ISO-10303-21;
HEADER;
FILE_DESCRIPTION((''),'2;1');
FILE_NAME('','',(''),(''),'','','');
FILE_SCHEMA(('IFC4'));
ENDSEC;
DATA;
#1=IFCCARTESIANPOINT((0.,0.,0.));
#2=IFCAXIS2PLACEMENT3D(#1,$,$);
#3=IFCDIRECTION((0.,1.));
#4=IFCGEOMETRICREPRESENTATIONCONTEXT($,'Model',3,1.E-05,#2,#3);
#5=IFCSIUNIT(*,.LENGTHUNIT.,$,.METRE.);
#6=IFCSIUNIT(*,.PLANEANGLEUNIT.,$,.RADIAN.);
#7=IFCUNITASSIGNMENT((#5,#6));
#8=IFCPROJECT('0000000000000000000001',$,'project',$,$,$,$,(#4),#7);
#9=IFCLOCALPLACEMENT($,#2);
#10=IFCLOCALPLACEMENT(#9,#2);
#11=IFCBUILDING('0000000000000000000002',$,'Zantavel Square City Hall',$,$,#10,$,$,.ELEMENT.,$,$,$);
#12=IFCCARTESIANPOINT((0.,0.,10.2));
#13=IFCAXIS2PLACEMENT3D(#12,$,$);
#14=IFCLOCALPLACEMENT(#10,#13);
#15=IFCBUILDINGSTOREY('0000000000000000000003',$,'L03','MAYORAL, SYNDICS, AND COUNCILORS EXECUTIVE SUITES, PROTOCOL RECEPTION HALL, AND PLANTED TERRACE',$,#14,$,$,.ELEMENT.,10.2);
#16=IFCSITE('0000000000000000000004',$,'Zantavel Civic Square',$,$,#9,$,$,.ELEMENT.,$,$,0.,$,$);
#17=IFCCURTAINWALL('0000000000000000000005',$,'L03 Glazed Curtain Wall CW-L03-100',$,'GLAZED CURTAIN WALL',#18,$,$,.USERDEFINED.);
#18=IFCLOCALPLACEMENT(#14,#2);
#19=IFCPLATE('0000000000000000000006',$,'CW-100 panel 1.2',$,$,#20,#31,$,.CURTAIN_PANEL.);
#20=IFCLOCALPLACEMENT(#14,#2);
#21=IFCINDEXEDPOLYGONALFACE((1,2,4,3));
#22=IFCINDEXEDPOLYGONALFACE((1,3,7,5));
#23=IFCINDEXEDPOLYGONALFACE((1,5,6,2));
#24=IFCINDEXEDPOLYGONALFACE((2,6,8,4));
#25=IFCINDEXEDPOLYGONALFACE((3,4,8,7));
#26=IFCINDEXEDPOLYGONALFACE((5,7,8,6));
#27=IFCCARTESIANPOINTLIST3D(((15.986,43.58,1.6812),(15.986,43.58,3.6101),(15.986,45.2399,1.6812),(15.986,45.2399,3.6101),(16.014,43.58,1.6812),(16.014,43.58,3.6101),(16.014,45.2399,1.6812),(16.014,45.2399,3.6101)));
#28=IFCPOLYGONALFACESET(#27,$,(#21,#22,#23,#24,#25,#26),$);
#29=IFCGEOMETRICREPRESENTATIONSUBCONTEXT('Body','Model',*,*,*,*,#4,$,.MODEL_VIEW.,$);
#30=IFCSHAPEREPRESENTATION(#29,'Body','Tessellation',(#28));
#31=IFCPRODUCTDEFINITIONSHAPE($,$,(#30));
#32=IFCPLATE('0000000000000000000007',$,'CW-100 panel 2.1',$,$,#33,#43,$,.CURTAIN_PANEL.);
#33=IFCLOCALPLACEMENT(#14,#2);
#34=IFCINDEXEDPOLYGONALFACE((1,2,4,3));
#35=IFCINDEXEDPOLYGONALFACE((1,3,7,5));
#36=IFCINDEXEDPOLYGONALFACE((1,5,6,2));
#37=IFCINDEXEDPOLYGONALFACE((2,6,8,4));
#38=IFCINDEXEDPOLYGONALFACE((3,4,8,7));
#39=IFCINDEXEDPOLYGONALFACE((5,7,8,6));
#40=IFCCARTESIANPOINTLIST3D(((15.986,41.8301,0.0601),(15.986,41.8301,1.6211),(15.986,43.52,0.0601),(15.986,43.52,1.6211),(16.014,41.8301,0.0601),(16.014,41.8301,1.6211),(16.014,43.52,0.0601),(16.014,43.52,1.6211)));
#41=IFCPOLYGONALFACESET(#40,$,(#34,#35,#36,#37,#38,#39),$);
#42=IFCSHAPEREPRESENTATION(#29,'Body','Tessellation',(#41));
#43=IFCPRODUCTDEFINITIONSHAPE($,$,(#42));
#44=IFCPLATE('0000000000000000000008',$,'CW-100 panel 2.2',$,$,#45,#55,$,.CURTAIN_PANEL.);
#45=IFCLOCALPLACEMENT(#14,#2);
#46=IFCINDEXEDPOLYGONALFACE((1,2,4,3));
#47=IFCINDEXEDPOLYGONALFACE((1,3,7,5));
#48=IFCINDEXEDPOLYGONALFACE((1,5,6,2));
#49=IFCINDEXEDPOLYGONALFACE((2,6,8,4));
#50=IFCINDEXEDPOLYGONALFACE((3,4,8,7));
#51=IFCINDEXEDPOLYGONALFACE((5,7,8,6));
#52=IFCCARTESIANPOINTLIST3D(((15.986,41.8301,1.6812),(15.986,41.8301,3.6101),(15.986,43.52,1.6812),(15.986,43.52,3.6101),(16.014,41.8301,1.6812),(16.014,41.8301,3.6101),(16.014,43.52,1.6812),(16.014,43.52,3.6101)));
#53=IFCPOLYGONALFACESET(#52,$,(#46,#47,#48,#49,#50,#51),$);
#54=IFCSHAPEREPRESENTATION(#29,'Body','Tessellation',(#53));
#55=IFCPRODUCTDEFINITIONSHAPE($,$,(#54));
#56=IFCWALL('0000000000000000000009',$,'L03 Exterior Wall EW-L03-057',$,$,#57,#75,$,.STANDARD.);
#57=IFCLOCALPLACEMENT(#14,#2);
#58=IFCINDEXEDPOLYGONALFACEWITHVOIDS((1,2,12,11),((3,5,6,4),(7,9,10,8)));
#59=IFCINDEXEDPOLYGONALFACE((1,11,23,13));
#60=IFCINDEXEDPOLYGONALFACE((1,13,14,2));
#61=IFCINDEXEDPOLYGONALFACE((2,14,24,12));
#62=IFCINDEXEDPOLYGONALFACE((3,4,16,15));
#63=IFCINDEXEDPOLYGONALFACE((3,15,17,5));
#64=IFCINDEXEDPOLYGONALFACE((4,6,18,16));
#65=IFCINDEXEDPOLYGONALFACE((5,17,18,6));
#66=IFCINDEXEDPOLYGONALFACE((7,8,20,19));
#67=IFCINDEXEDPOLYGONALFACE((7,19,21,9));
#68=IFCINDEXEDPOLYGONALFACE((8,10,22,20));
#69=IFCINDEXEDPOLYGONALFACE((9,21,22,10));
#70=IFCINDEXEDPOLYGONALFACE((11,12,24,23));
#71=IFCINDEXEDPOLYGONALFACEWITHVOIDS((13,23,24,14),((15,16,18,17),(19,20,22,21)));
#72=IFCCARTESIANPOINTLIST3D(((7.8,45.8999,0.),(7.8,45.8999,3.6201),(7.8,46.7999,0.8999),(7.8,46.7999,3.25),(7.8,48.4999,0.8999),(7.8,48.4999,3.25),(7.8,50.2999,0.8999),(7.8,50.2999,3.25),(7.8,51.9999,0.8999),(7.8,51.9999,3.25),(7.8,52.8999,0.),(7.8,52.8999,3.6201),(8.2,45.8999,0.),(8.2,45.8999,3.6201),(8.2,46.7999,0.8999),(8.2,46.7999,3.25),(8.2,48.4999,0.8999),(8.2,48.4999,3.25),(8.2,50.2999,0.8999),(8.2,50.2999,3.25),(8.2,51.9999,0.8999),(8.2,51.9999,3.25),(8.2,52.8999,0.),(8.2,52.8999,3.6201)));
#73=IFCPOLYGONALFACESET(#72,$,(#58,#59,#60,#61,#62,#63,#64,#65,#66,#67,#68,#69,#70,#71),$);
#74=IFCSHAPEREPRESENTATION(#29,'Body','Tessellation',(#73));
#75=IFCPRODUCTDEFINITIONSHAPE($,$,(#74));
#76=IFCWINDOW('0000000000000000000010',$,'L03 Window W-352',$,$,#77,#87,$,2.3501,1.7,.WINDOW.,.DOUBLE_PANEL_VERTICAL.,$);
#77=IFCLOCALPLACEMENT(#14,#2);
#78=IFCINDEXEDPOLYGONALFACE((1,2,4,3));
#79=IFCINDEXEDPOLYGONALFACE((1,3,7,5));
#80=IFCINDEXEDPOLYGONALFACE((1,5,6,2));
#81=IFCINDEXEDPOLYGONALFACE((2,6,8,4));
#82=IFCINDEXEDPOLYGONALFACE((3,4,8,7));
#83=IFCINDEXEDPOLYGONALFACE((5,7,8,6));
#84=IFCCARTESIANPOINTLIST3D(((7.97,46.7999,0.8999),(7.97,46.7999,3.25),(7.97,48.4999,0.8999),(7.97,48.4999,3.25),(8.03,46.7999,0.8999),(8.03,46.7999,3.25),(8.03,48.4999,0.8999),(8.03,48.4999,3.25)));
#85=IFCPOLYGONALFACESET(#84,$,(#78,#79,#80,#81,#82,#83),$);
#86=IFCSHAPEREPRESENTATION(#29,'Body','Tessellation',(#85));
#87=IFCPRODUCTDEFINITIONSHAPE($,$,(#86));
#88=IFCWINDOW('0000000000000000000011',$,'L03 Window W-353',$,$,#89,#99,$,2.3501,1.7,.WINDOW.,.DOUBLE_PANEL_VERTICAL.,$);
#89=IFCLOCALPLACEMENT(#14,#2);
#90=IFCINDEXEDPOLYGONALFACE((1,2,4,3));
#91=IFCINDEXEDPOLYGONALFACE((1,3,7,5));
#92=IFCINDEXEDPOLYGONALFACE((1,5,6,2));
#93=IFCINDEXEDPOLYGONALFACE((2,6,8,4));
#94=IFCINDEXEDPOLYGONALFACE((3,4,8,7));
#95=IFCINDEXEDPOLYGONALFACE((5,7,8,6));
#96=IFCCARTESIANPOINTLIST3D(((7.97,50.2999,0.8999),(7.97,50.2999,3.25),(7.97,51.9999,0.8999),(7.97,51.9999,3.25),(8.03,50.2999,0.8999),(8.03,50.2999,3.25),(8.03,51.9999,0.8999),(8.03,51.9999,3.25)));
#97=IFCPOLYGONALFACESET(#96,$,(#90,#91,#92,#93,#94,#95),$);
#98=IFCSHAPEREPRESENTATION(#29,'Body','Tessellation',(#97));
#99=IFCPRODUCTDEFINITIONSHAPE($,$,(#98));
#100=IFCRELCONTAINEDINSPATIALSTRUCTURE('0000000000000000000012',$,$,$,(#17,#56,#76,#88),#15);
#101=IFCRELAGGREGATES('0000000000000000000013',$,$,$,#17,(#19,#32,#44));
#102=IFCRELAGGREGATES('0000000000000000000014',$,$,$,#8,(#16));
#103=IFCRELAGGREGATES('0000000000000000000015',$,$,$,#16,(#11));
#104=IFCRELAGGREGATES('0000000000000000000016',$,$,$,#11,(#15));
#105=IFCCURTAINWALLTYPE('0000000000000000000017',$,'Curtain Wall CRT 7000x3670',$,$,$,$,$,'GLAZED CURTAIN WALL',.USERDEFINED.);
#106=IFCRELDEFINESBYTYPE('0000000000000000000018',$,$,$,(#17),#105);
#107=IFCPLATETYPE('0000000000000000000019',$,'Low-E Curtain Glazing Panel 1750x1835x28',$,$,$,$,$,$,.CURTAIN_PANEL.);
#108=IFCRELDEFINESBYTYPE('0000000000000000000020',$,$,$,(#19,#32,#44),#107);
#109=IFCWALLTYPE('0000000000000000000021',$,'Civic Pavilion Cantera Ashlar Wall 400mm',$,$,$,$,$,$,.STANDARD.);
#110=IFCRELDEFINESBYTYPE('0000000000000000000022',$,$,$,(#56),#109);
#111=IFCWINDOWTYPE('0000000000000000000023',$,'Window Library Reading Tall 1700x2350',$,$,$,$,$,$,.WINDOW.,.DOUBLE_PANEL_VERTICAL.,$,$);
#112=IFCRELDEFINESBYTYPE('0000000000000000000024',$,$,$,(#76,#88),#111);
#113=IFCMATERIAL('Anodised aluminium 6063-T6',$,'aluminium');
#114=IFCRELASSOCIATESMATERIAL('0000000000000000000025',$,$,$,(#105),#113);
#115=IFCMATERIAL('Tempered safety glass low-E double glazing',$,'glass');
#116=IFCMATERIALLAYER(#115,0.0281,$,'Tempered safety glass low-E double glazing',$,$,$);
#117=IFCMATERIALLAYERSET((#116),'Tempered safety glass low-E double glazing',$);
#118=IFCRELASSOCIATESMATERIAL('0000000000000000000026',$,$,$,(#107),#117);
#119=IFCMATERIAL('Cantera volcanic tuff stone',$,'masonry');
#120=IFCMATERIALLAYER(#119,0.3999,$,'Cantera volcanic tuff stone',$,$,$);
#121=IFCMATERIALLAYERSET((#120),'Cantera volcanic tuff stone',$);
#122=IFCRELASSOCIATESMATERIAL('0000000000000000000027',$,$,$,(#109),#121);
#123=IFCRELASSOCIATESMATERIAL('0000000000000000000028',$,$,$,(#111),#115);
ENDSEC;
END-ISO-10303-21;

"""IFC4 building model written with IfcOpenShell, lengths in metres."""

from ifc_helpers import new_model, si_unit, direction, frame, frame_2d, origin, origin_2d, place, context, subcontext, project, spatial, rectangle, extrude, material, layer, layer_set, type_object, element, fill, aggregate, save


model = new_model("IFC4")

# Units and contexts
model_context = context("Model", 3, precision=1e-05, world=origin(), true_north=direction((0.0, 1.0)))
body_context = subcontext(model_context, "Body", "Model", "MODEL_VIEW")
ifc_project = project(units=[si_unit("LENGTHUNIT", "METRE"), si_unit("PLANEANGLEUNIT", "RADIAN")], contexts=[model_context])

# Site, building, storey
site_placement = place(None, origin())
site = spatial("IfcSite", under=ifc_project, at=site_placement, Name="Zantavel Civic Square", CompositionType="ELEMENT", RefElevation=0.0)
building_placement = place(site_placement, origin())
building = spatial("IfcBuilding", under=site, at=building_placement, Name="Zantavel Square City Hall", CompositionType="ELEMENT")
storey_placement = place(building_placement, frame((0.0, 0.0, 10.2)))
storey = spatial("IfcBuildingStorey", under=building, at=storey_placement, Name="L03", Description="MAYORAL, SYNDICS, AND COUNCILORS EXECUTIVE SUITES, PROTOCOL RECEPTION HALL, AND PLANTED TERRACE", CompositionType="ELEMENT", Elevation=10.2)

# Shared definitions
ifc_material_1 = material(Name="Anodised aluminium 6063-T6", Category="aluminium")
curtain_wall_type = type_object("IfcCurtainWallType", Name="Curtain Wall CRT 7000x3670", ElementType="GLAZED CURTAIN WALL", PredefinedType="USERDEFINED", material=ifc_material_1)

# Curtain wall
curtain_wall_1_placement = place(storey_placement, origin())
curtain_wall_1 = element("IfcCurtainWall", 1, at=curtain_wall_1_placement, inside=storey, type_object=curtain_wall_type, Name="L03 Glazed Curtain Wall CW-L03-100", ObjectType="GLAZED CURTAIN WALL", PredefinedType="USERDEFINED")

# Plates
ifc_material_2 = material(Name="Tempered safety glass low-E double glazing", Category="glass")
ifc_layer_1 = layer(ifc_material_2, 0.0281, Name="Tempered safety glass low-E double glazing")
ifc_layer_set_1 = layer_set([ifc_layer_1], Name="Tempered safety glass low-E double glazing")
plate_type = type_object("IfcPlateType", Name="Low-E Curtain Glazing Panel 1750x1835x28", PredefinedType="CURTAIN_PANEL", material=ifc_layer_set_1)
plate_1_placement = place(storey_placement, frame((16.0, 44.4099, 1.6812), z_axis=(0.0, 0.0, 1.0), x_axis=(0.0, -1.0, 0.0)))
plate_1 = element("IfcPlate", 2, at=plate_1_placement, type_object=plate_type, Name="CW-100 panel 1.2", PredefinedType="CURTAIN_PANEL", context=body_context, shape_type="SweptSolid", body=[
    extrude(rectangle(XDim=1.6599, YDim=0.0281, at=origin_2d()), origin(), (0.0, 0.0, 1.0), 1.929),
])
plate_2_placement = place(storey_placement, frame((16.0, 42.675, 0.0601), z_axis=(0.0, 0.0, 1.0), x_axis=(0.0, -1.0, 0.0)))
plate_2 = element("IfcPlate", 3, at=plate_2_placement, type_object=plate_type, Name="CW-100 panel 2.1", PredefinedType="CURTAIN_PANEL", context=body_context, shape_type="SweptSolid", body=[
    extrude(rectangle(XDim=1.6899, YDim=0.0281, at=origin_2d()), origin(), (0.0, 0.0, 1.0), 1.561),
])
plate_3_placement = place(storey_placement, frame((16.0, 42.675, 1.6812), z_axis=(0.0, 0.0, 1.0), x_axis=(0.0, -1.0, 0.0)))
plate_3 = element("IfcPlate", 4, at=plate_3_placement, type_object=plate_type, Name="CW-100 panel 2.2", PredefinedType="CURTAIN_PANEL", context=body_context, shape_type="SweptSolid", body=[
    extrude(rectangle(XDim=1.6899, YDim=0.0281, at=origin_2d()), origin(), (0.0, 0.0, 1.0), 1.929),
])
aggregate(curtain_wall_1, [plate_1, plate_2, plate_3])

# Wall, openings, windows
ifc_material_3 = material(Name="Cantera volcanic tuff stone", Category="masonry")
ifc_layer_2 = layer(ifc_material_3, 0.3999, Name="Cantera volcanic tuff stone")
ifc_layer_set_2 = layer_set([ifc_layer_2], Name="Cantera volcanic tuff stone")
wall_type = type_object("IfcWallType", Name="Civic Pavilion Cantera Ashlar Wall 400mm", PredefinedType="STANDARD", material=ifc_layer_set_2)
wall_placement = place(storey_placement, frame((8.0, 45.8999, 0.0), z_axis=(0.0, 0.0, 1.0), x_axis=(0.0, 1.0, 0.0)))
wall = element("IfcWall", 5, at=wall_placement, inside=storey, type_object=wall_type, Name="L03 Exterior Wall EW-L03-057", PredefinedType="STANDARD", context=body_context, shape_type="SweptSolid", body=[
    extrude(rectangle(XDim=7.0, YDim=0.3999, at=frame_2d((3.5, 0.0))), origin(), (0.0, 0.0, 1.0), 3.6201),
])
opening_1_placement = place(wall_placement, frame((0.8999, 0.0, 0.8999)))
opening_1 = element("IfcOpeningElement", 6, at=opening_1_placement, cuts=wall, PredefinedType="OPENING", context=body_context, shape_type="SweptSolid", body=[
    extrude(rectangle(XDim=1.7, YDim=2.3501, at=frame_2d((0.8501, 1.175))), frame((0.0, 0.21, 0.0), z_axis=(0.0, -1.0, 0.0), x_axis=(1.0, 0.0, 0.0)), (0.0, 0.0, 1.0), 0.4199),
])
opening_2_placement = place(wall_placement, frame((4.3999, 0.0, 0.8999)))
opening_2 = element("IfcOpeningElement", 7, at=opening_2_placement, cuts=wall, PredefinedType="OPENING", context=body_context, shape_type="SweptSolid", body=[
    extrude(rectangle(XDim=1.7, YDim=2.3501, at=frame_2d((0.8501, 1.175))), frame((0.0, 0.21, 0.0), z_axis=(0.0, -1.0, 0.0), x_axis=(1.0, 0.0, 0.0)), (0.0, 0.0, 1.0), 0.4199),
])
window_type = type_object("IfcWindowType", Name="Window Library Reading Tall 1700x2350", PartitioningType="DOUBLE_PANEL_VERTICAL", PredefinedType="WINDOW", material=ifc_material_2)
window_1_placement = place(opening_1_placement, origin())
window_1 = element("IfcWindow", 8, at=window_1_placement, inside=storey, type_object=window_type, Name="L03 Window W-352", OverallHeight=2.3501, OverallWidth=1.7, PartitioningType="DOUBLE_PANEL_VERTICAL", PredefinedType="WINDOW", context=body_context, shape_type="SweptSolid", body=[
    extrude(rectangle(XDim=1.7, YDim=2.3501, at=frame_2d((0.8501, 1.175))), frame((0.0, 0.03, 0.0), z_axis=(0.0, -1.0, 0.0), x_axis=(1.0, 0.0, 0.0)), (0.0, 0.0, 1.0), 0.0601),
])
fill(opening_1, window_1)
window_2_placement = place(opening_2_placement, origin())
window_2 = element("IfcWindow", 9, at=window_2_placement, inside=storey, type_object=window_type, Name="L03 Window W-353", OverallHeight=2.3501, OverallWidth=1.7, PartitioningType="DOUBLE_PANEL_VERTICAL", PredefinedType="WINDOW", context=body_context, shape_type="SweptSolid", body=[
    extrude(rectangle(XDim=1.7, YDim=2.3501, at=frame_2d((0.8501, 1.175))), frame((0.0, 0.03, 0.0), z_axis=(0.0, -1.0, 0.0), x_axis=(1.0, 0.0, 0.0)), (0.0, 0.0, 1.0), 0.0601),
])
fill(opening_2, window_2)

save(model, "model.ifc")
